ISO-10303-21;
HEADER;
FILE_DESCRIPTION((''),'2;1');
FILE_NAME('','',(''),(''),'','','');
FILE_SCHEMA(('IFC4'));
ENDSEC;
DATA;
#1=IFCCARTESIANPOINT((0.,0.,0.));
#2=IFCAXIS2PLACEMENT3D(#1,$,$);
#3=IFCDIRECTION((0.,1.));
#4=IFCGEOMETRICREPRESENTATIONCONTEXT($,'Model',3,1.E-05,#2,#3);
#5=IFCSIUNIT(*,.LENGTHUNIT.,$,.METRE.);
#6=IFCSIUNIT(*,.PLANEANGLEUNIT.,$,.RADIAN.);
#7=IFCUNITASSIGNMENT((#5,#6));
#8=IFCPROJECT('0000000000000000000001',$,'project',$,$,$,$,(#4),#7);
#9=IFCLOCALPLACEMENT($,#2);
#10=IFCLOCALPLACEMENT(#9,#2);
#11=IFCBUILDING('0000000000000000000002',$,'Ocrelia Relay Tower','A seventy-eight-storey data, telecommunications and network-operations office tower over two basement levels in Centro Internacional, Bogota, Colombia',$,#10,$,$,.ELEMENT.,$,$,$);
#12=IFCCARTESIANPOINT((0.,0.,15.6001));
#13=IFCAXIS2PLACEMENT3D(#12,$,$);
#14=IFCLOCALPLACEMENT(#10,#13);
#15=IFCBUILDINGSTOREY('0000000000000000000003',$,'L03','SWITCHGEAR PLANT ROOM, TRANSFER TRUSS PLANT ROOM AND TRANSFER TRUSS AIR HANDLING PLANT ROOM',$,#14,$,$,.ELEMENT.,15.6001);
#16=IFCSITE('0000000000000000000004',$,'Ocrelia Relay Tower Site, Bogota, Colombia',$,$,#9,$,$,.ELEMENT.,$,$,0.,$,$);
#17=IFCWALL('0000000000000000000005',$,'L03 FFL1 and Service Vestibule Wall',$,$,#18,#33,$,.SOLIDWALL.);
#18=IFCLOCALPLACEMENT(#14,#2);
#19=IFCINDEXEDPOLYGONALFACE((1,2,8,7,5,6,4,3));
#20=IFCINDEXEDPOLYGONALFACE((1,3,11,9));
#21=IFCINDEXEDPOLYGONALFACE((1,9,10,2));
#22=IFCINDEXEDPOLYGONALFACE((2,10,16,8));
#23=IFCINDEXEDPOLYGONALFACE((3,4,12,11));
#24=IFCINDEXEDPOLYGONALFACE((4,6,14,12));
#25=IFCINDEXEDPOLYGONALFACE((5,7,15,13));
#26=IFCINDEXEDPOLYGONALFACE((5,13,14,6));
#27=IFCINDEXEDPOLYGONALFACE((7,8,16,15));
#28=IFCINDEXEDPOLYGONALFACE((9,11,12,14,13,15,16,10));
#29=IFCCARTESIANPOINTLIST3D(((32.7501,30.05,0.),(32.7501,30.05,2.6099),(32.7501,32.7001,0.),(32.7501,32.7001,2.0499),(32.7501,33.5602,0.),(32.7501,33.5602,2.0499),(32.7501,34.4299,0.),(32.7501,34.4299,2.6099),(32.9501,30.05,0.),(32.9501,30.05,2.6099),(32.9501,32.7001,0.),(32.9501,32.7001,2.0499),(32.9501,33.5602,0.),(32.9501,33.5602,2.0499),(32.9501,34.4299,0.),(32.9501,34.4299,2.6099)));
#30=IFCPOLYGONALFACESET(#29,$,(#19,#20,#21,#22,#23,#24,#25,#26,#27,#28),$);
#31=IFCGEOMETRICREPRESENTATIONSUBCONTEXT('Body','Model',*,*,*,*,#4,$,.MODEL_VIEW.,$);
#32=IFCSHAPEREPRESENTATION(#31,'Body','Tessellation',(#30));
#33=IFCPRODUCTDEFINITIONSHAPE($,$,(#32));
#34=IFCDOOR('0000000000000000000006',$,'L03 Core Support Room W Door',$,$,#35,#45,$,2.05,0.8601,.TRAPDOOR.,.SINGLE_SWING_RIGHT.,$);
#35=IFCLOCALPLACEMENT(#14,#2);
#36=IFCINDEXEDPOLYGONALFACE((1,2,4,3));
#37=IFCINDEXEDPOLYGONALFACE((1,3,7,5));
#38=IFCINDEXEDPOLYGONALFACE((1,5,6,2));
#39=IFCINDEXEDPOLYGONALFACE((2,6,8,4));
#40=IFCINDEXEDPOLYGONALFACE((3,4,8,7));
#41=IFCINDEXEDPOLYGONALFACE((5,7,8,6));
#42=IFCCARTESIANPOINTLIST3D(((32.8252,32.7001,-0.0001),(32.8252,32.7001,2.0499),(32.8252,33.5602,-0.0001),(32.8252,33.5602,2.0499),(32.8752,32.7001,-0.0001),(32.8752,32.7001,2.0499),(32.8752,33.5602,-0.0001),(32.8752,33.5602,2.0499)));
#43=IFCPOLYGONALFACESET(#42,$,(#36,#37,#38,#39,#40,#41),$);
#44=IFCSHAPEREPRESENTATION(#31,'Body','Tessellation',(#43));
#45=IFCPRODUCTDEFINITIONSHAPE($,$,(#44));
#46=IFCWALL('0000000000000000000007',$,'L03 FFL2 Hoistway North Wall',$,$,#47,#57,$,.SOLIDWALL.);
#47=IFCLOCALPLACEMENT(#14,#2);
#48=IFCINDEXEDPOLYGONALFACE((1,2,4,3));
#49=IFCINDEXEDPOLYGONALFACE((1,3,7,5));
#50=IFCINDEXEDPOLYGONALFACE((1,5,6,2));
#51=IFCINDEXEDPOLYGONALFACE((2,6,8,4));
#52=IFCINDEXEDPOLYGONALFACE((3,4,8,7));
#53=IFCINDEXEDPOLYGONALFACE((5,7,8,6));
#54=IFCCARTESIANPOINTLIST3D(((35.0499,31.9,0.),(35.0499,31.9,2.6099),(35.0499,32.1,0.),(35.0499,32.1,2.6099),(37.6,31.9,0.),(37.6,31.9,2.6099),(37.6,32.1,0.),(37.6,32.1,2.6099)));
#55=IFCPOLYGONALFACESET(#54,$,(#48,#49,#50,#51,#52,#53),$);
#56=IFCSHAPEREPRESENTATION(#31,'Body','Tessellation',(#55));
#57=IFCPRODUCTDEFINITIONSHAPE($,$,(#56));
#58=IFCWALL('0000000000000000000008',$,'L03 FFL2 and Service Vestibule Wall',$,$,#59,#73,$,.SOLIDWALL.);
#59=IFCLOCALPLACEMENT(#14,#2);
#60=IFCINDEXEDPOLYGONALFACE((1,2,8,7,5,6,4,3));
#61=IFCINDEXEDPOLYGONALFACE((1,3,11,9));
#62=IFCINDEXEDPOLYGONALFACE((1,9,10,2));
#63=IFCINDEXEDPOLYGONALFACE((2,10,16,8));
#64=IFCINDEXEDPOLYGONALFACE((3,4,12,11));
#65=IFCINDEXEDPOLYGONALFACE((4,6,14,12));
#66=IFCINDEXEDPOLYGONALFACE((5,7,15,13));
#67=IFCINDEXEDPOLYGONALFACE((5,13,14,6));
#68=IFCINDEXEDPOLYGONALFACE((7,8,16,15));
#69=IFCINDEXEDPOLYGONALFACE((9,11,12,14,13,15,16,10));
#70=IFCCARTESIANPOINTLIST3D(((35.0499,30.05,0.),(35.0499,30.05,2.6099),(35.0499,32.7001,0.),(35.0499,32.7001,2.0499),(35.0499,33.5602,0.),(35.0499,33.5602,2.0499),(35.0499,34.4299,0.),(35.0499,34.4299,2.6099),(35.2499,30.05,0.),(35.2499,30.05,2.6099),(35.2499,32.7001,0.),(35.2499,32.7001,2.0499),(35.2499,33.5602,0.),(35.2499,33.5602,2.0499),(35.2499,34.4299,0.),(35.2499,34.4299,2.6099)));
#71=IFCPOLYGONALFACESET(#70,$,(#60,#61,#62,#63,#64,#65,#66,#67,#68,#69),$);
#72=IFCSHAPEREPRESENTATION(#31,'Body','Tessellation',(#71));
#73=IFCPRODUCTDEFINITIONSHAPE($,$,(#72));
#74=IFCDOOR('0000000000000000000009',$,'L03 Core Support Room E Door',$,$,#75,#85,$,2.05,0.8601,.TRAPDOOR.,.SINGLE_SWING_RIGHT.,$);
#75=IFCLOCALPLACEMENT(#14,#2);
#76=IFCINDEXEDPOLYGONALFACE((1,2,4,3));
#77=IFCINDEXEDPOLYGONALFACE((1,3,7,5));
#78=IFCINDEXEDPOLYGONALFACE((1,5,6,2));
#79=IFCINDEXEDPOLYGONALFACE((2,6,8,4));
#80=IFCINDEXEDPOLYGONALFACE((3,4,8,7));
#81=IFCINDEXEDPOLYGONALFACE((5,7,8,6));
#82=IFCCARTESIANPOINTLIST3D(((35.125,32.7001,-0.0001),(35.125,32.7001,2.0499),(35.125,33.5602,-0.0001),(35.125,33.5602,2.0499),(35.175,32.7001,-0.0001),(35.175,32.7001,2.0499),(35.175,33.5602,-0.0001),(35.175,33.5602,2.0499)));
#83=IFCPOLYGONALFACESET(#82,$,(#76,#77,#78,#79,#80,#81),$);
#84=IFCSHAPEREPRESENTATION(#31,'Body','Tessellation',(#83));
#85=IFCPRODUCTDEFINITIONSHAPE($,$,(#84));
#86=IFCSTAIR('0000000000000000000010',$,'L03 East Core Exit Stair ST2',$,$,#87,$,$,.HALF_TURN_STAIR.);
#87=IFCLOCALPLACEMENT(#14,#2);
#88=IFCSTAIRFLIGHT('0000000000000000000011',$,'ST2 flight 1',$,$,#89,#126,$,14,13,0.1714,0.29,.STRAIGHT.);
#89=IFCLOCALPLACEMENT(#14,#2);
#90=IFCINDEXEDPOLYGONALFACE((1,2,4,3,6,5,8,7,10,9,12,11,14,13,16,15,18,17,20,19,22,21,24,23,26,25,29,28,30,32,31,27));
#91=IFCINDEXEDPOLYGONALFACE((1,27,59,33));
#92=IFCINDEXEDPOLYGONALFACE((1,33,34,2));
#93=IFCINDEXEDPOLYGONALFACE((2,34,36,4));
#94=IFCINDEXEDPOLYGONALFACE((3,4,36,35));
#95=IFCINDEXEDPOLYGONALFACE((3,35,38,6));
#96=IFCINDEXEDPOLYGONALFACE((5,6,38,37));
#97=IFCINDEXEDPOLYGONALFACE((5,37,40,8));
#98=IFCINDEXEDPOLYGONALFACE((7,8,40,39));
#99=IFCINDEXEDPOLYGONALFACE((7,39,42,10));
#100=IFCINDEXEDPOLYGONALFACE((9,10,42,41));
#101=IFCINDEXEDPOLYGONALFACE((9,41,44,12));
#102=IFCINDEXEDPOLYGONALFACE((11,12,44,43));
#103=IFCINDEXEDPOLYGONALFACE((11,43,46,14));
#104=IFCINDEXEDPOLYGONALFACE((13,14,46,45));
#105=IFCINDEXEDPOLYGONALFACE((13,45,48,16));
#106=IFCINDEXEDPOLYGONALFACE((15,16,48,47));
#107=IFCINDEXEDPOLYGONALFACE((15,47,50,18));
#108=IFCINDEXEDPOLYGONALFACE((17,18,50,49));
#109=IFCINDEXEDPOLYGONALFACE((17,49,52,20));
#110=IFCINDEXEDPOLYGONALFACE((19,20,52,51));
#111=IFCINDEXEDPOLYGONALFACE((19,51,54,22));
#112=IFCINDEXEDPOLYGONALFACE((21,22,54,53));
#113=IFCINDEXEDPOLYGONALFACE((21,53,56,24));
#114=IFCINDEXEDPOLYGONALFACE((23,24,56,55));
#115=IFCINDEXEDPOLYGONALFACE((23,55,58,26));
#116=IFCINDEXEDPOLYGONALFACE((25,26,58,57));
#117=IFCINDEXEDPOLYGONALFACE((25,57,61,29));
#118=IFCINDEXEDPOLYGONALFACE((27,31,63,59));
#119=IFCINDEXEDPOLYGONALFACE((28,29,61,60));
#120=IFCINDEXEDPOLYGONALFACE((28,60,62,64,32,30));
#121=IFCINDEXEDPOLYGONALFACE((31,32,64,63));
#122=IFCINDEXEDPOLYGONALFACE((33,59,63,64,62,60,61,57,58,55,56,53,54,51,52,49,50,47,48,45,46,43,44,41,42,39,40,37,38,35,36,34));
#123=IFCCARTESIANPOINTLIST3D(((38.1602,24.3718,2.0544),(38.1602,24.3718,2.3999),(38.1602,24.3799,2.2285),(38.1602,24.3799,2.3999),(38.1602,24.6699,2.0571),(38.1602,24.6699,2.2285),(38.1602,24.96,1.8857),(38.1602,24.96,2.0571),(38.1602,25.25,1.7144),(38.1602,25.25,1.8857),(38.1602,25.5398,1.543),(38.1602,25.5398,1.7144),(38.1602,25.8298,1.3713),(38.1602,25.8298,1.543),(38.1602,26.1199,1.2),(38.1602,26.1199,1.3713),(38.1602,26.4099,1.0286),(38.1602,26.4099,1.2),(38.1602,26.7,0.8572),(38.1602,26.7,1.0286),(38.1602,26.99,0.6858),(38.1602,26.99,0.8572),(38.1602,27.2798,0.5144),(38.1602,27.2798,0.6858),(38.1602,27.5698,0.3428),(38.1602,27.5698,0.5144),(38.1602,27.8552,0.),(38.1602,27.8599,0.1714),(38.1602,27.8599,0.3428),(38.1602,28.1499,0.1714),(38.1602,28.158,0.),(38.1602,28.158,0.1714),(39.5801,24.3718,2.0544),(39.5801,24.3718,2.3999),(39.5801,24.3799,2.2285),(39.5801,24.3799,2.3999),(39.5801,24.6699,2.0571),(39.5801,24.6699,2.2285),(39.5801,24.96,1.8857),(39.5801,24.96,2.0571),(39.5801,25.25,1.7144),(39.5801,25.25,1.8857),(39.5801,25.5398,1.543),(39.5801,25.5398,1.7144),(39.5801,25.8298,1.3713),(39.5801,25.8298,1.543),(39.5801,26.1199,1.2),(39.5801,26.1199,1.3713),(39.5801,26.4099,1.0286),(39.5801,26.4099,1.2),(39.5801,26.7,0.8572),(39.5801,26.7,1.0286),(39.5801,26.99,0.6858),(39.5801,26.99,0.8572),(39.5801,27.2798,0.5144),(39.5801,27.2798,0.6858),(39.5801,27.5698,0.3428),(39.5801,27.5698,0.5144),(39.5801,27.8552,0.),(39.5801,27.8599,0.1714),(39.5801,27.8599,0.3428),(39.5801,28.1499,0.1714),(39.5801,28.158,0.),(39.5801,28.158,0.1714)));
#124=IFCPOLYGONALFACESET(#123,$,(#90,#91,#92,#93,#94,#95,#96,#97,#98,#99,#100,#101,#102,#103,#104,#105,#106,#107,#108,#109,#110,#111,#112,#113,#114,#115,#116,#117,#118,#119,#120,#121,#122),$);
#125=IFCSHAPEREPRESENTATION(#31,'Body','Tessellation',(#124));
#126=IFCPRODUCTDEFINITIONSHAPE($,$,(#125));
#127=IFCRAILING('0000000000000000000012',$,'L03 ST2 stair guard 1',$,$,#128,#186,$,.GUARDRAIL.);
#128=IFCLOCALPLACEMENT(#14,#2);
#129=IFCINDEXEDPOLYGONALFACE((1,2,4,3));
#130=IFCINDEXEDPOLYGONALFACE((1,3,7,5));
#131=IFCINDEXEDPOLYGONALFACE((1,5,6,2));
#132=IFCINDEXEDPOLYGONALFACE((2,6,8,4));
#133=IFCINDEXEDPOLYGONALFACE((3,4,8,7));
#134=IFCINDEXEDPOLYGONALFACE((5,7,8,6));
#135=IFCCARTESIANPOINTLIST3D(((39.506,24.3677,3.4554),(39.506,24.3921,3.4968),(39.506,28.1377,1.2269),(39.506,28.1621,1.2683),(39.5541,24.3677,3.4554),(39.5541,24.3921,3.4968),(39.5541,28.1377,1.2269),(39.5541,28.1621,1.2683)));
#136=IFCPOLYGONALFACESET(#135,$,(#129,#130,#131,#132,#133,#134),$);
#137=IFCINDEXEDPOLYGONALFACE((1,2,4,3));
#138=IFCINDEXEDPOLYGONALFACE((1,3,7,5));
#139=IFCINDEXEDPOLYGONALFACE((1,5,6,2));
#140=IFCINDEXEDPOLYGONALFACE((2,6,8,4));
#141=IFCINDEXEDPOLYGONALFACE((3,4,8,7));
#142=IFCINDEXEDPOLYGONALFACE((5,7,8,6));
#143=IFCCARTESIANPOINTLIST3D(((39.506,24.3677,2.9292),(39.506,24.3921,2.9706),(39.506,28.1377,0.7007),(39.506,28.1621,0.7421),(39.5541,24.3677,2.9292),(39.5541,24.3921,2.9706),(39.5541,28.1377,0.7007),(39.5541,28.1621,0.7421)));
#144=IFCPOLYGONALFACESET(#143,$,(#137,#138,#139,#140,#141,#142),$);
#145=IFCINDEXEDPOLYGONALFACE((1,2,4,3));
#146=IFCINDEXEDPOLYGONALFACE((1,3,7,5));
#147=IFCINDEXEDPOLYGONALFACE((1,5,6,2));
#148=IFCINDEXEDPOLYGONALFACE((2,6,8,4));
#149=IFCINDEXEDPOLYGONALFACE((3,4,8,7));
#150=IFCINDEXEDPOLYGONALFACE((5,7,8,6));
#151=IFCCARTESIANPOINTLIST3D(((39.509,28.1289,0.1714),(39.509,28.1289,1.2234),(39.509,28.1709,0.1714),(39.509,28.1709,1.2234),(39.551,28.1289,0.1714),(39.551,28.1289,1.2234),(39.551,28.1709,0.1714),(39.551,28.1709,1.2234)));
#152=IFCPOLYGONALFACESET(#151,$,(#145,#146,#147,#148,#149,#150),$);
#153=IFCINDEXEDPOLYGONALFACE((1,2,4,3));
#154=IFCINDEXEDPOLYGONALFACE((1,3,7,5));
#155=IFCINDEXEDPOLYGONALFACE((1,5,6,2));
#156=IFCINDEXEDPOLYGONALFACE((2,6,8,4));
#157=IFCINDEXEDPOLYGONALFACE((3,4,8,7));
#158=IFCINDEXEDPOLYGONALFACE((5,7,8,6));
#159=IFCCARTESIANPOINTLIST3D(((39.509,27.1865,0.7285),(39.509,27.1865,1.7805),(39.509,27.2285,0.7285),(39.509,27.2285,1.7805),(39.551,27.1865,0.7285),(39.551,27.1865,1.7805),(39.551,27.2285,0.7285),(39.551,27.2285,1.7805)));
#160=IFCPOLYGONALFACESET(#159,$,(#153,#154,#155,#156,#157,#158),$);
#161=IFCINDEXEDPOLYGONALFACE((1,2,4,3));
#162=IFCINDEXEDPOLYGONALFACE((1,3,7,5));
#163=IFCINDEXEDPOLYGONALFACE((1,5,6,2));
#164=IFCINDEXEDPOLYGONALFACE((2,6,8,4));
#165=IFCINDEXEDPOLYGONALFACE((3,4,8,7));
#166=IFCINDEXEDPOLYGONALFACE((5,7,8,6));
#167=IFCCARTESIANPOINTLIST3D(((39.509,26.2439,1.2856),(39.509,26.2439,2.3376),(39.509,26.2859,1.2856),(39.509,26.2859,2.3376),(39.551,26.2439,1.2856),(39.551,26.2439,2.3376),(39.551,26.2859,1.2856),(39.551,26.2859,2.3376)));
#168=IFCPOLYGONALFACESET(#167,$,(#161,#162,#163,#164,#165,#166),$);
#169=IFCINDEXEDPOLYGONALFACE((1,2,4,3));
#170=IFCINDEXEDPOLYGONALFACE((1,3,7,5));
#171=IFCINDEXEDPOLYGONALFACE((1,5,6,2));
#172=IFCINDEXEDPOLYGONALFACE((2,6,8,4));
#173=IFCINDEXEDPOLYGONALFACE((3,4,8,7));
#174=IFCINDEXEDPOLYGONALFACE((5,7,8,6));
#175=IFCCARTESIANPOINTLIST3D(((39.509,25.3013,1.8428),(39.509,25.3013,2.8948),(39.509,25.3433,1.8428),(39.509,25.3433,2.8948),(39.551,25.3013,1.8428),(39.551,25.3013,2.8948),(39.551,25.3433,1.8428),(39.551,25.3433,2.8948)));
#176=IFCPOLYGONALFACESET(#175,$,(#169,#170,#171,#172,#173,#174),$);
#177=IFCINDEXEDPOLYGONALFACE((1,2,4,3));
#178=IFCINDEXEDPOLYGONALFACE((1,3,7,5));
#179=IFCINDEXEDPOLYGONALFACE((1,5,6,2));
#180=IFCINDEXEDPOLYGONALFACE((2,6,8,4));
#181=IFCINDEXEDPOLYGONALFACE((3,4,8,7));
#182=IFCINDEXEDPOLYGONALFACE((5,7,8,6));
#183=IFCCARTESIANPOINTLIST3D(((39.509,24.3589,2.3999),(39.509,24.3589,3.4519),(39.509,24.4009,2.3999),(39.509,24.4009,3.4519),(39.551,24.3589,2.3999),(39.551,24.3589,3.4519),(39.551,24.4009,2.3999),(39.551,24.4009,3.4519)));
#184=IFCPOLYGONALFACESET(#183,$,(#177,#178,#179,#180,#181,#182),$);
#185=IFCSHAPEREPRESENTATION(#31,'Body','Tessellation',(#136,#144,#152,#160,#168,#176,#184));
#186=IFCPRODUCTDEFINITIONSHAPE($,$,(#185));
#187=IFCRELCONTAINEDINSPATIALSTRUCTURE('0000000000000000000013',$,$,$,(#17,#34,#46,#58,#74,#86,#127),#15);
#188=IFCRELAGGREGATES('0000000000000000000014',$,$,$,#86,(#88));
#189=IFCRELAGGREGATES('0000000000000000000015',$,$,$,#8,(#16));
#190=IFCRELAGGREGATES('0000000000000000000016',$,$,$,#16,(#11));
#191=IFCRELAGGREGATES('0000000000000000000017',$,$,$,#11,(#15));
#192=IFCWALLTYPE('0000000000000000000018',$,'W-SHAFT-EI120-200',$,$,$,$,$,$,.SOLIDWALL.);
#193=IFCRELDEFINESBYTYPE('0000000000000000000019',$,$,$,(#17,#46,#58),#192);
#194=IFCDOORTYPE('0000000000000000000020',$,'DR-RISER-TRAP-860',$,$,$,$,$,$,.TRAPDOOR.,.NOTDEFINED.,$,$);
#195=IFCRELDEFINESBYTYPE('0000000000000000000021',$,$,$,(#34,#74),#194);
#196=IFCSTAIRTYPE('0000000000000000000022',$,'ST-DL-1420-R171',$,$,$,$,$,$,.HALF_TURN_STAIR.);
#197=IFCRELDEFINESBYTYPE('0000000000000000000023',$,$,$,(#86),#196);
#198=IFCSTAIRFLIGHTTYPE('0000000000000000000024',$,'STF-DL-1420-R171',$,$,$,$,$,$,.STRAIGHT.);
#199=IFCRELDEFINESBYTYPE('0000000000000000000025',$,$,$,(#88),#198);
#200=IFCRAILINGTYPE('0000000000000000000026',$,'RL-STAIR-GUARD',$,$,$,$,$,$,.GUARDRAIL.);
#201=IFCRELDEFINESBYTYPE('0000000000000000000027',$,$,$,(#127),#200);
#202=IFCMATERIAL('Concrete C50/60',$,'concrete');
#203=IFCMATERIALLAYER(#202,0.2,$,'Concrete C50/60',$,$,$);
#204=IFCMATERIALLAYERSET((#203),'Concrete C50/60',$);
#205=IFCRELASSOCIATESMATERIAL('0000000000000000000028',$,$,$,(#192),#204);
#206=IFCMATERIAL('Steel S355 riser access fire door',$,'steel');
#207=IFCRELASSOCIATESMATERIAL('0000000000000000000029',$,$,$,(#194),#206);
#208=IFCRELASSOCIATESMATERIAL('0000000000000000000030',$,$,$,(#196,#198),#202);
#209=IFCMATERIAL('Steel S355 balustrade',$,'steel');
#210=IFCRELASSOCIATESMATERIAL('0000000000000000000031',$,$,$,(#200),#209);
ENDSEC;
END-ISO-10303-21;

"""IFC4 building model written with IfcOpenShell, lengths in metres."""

from ifc_helpers import new_model, si_unit, direction, frame, frame_2d, origin, origin_2d, place, context, subcontext, project, spatial, polyline, rectangle, outline, extrude, material, layer, layer_set, type_object, element, fill, aggregate, save


model = new_model("IFC4")

# Units and contexts
model_context = context("Model", 3, precision=1e-05, world=origin(), true_north=direction((0.0, 1.0)))
body_context = subcontext(model_context, "Body", "Model", "MODEL_VIEW")
ifc_project = project(units=[si_unit("LENGTHUNIT", "METRE"), si_unit("PLANEANGLEUNIT", "RADIAN")], contexts=[model_context])

# Site, building, storey
site_placement = place(None, origin())
site = spatial("IfcSite", under=ifc_project, at=site_placement, Name="Ocrelia Relay Tower Site, Bogota, Colombia", CompositionType="ELEMENT", RefElevation=0.0)
building_placement = place(site_placement, origin())
building = spatial("IfcBuilding", under=site, at=building_placement, Name="Ocrelia Relay Tower", Description="A seventy-eight-storey data, telecommunications and network-operations office tower over two basement levels in Centro Internacional, Bogota, Colombia", CompositionType="ELEMENT")
storey_placement = place(building_placement, frame((0.0, 0.0, 15.6001)))
storey = spatial("IfcBuildingStorey", under=building, at=storey_placement, Name="L03", Description="SWITCHGEAR PLANT ROOM, TRANSFER TRUSS PLANT ROOM AND TRANSFER TRUSS AIR HANDLING PLANT ROOM", CompositionType="ELEMENT", Elevation=15.6001)

# Wall, opening, door
ifc_material_1 = material(Name="Concrete C50/60", Category="concrete")
ifc_layer_1 = layer(ifc_material_1, 0.2, Name="Concrete C50/60")
ifc_layer_set_1 = layer_set([ifc_layer_1], Name="Concrete C50/60")
wall_type_1 = type_object("IfcWallType", Name="W-SHAFT-EI120-200", PredefinedType="SOLIDWALL", material=ifc_layer_set_1)
wall_1_placement = place(storey_placement, frame((32.8501, 30.05, 0.0), z_axis=(0.0, 0.0, 1.0), x_axis=(0.0, 1.0, 0.0)))
wall_1 = element("IfcWall", 1, at=wall_1_placement, inside=storey, type_object=wall_type_1, Name="L03 FFL1 and Service Vestibule Wall", PredefinedType="SOLIDWALL", context=body_context, shape_type="SweptSolid", body=[
    extrude(rectangle(XDim=4.3799, YDim=0.2, at=frame_2d((2.1899, 0.0))), origin(), (0.0, 0.0, 1.0), 2.6099),
])
opening_1_placement = place(wall_1_placement, frame((2.6499, 0.0, 0.0)))
opening_1 = element("IfcOpeningElement", 2, at=opening_1_placement, cuts=wall_1, PredefinedType="OPENING", context=body_context, shape_type="SweptSolid", body=[
    extrude(rectangle(XDim=0.8601, YDim=2.05, at=frame_2d((0.4302, 1.0249))), frame((0.0, 0.1099, 0.0), z_axis=(0.0, -1.0, 0.0), x_axis=(1.0, 0.0, 0.0)), (0.0, 0.0, 1.0), 0.22),
])
ifc_material_2 = material(Name="Steel S355 riser access fire door", Category="steel")
door_type_1 = type_object("IfcDoorType", Name="DR-RISER-TRAP-860", OperationType="NOTDEFINED", PredefinedType="TRAPDOOR", material=ifc_material_2)
door_1_placement = place(opening_1_placement, origin())
door_1 = element("IfcDoor", 3, at=door_1_placement, inside=storey, type_object=door_type_1, Name="L03 Core Support Room W Door", OperationType="SINGLE_SWING_RIGHT", OverallHeight=2.05, OverallWidth=0.8601, PredefinedType="TRAPDOOR", context=body_context, shape_type="SweptSolid", body=[
    extrude(rectangle(XDim=0.8601, YDim=2.05, at=frame_2d((0.4302, 1.0249))), frame((0.0, 0.0249, 0.0), z_axis=(0.0, -1.0, 0.0), x_axis=(1.0, 0.0, 0.0)), (0.0, 0.0, 1.0), 0.05),
])
fill(opening_1, door_1)

# Wall
wall_2_placement = place(storey_placement, frame((35.05, 32.0, 0.0), z_axis=(0.0, 0.0, 1.0), x_axis=(1.0, 0.0, 0.0)))
element("IfcWall", 4, at=wall_2_placement, inside=storey, type_object=wall_type_1, Name="L03 FFL2 Hoistway North Wall", PredefinedType="SOLIDWALL", context=body_context, shape_type="SweptSolid", body=[
    extrude(rectangle(XDim=2.55, YDim=0.2, at=frame_2d((1.2749, 0.0))), origin(), (0.0, 0.0, 1.0), 2.6099),
])

# Wall, opening, door
wall_3_placement = place(storey_placement, frame((35.1499, 30.05, 0.0), z_axis=(0.0, 0.0, 1.0), x_axis=(0.0, 1.0, 0.0)))
wall_3 = element("IfcWall", 5, at=wall_3_placement, inside=storey, type_object=wall_type_1, Name="L03 FFL2 and Service Vestibule Wall", PredefinedType="SOLIDWALL", context=body_context, shape_type="SweptSolid", body=[
    extrude(rectangle(XDim=4.3799, YDim=0.2, at=frame_2d((2.1899, 0.0))), origin(), (0.0, 0.0, 1.0), 2.6099),
])
opening_2_placement = place(wall_3_placement, frame((2.6499, 0.0, 0.0)))
opening_2 = element("IfcOpeningElement", 6, at=opening_2_placement, cuts=wall_3, PredefinedType="OPENING", context=body_context, shape_type="SweptSolid", body=[
    extrude(rectangle(XDim=0.8601, YDim=2.05, at=frame_2d((0.4302, 1.0249))), frame((0.0, 0.1099, 0.0), z_axis=(0.0, -1.0, 0.0), x_axis=(1.0, 0.0, 0.0)), (0.0, 0.0, 1.0), 0.22),
])
door_2_placement = place(opening_2_placement, origin())
door_2 = element("IfcDoor", 7, at=door_2_placement, inside=storey, type_object=door_type_1, Name="L03 Core Support Room E Door", OperationType="SINGLE_SWING_RIGHT", OverallHeight=2.05, OverallWidth=0.8601, PredefinedType="TRAPDOOR", context=body_context, shape_type="SweptSolid", body=[
    extrude(rectangle(XDim=0.8601, YDim=2.05, at=frame_2d((0.4302, 1.0249))), frame((0.0, 0.0249, 0.0), z_axis=(0.0, -1.0, 0.0), x_axis=(1.0, 0.0, 0.0)), (0.0, 0.0, 1.0), 0.05),
])
fill(opening_2, door_2)

# Stair, stair flight
stair_type = type_object("IfcStairType", Name="ST-DL-1420-R171", PredefinedType="HALF_TURN_STAIR", material=ifc_material_1)
stair_placement = place(storey_placement, origin())
stair = element("IfcStair", 8, at=stair_placement, inside=storey, type_object=stair_type, Name="L03 East Core Exit Stair ST2", PredefinedType="HALF_TURN_STAIR")
stair_flight_type = type_object("IfcStairFlightType", Name="STF-DL-1420-R171", PredefinedType="STRAIGHT", material=ifc_material_1)
stair_flight_placement = place(storey_placement, frame((38.8701, 28.1499, 0.0), z_axis=(0.0, 0.0, 1.0), x_axis=(0.0, -1.0, 0.0)))
stair_flight = element("IfcStairFlight", 9, at=stair_flight_placement, type_object=stair_flight_type, Name="ST2 flight 1", NumberOfRisers=14, NumberOfTreads=13, PredefinedType="STRAIGHT", RiserHeight=0.1714, TreadLength=0.29, context=body_context, shape_type="SweptSolid", body=[
    extrude(outline(polyline([(-0.0081, 0.0), (-0.0081, 0.1714), (0.0, 0.1714), (0.29, 0.1714), (0.29, 0.3428), (0.5801, 0.3428), (0.5801, 0.5144), (0.8701, 0.5144), (0.8701, 0.6858), (1.1599, 0.6858), (1.1599, 0.8572), (1.45, 0.8572), (1.45, 1.0286), (1.74, 1.0286), (1.74, 1.2), (2.03, 1.2), (2.03, 1.3713), (2.3201, 1.3713), (2.3201, 1.543), (2.6101, 1.543), (2.6101, 1.7144), (2.8999, 1.7144), (2.8999, 1.8857), (3.1899, 1.8857), (3.1899, 2.0571), (3.48, 2.0571), (3.48, 2.2285), (3.77, 2.2285), (3.77, 2.3999), (3.7781, 2.3999), (3.7781, 2.0544), (0.2947, 0.0), (-0.0081, 0.0)])), frame((0.0, 0.71, 0.0), z_axis=(0.0, -1.0, 0.0), x_axis=(1.0, 0.0, 0.0)), (0.0, 0.0, 1.0), 1.4199),
])
aggregate(stair, [stair_flight])

# Railing
ifc_material_3 = material(Name="Steel S355 balustrade", Category="steel")
railing_type_1 = type_object("IfcRailingType", Name="RL-STAIR-GUARD", PredefinedType="GUARDRAIL", material=ifc_material_3)
railing_1_placement = place(storey_placement, frame((39.53, 28.1499, 0.1714)))
element("IfcRailing", 10, at=railing_1_placement, inside=storey, type_object=railing_type_1, Name="L03 ST2 stair guard 1", PredefinedType="GUARDRAIL", context=body_context, shape_type="SweptSolid", body=[
    extrude(rectangle(XDim=0.0481, YDim=0.0481, at=origin_2d()), frame((0.0, 0.0, 1.0762), z_axis=(0.0, -0.860849, 0.508861), x_axis=(1.0, 0.0, 0.0)), (0.0, 0.0, 1.0), 4.3794),
    extrude(rectangle(XDim=0.0481, YDim=0.0481, at=origin_2d()), frame((0.0, 0.0, 0.55), z_axis=(0.0, -0.860849, 0.508861), x_axis=(1.0, 0.0, 0.0)), (0.0, 0.0, 1.0), 4.3794),
    extrude(rectangle(XDim=0.042, YDim=0.042, at=origin_2d()), origin(), (0.0, 0.0, 1.0), 1.052),
    extrude(rectangle(XDim=0.042, YDim=0.042, at=origin_2d()), frame((0.0, -0.9424, 0.5571)), (0.0, 0.0, 1.0), 1.052),
    extrude(rectangle(XDim=0.042, YDim=0.042, at=origin_2d()), frame((0.0, -1.885, 1.1143)), (0.0, 0.0, 1.0), 1.052),
    extrude(rectangle(XDim=0.042, YDim=0.042, at=origin_2d()), frame((0.0, -2.8276, 1.6714)), (0.0, 0.0, 1.0), 1.052),
    extrude(rectangle(XDim=0.042, YDim=0.042, at=origin_2d()), frame((0.0, -3.77, 2.2285)), (0.0, 0.0, 1.0), 1.052),
])

save(model, "model.ifc")
